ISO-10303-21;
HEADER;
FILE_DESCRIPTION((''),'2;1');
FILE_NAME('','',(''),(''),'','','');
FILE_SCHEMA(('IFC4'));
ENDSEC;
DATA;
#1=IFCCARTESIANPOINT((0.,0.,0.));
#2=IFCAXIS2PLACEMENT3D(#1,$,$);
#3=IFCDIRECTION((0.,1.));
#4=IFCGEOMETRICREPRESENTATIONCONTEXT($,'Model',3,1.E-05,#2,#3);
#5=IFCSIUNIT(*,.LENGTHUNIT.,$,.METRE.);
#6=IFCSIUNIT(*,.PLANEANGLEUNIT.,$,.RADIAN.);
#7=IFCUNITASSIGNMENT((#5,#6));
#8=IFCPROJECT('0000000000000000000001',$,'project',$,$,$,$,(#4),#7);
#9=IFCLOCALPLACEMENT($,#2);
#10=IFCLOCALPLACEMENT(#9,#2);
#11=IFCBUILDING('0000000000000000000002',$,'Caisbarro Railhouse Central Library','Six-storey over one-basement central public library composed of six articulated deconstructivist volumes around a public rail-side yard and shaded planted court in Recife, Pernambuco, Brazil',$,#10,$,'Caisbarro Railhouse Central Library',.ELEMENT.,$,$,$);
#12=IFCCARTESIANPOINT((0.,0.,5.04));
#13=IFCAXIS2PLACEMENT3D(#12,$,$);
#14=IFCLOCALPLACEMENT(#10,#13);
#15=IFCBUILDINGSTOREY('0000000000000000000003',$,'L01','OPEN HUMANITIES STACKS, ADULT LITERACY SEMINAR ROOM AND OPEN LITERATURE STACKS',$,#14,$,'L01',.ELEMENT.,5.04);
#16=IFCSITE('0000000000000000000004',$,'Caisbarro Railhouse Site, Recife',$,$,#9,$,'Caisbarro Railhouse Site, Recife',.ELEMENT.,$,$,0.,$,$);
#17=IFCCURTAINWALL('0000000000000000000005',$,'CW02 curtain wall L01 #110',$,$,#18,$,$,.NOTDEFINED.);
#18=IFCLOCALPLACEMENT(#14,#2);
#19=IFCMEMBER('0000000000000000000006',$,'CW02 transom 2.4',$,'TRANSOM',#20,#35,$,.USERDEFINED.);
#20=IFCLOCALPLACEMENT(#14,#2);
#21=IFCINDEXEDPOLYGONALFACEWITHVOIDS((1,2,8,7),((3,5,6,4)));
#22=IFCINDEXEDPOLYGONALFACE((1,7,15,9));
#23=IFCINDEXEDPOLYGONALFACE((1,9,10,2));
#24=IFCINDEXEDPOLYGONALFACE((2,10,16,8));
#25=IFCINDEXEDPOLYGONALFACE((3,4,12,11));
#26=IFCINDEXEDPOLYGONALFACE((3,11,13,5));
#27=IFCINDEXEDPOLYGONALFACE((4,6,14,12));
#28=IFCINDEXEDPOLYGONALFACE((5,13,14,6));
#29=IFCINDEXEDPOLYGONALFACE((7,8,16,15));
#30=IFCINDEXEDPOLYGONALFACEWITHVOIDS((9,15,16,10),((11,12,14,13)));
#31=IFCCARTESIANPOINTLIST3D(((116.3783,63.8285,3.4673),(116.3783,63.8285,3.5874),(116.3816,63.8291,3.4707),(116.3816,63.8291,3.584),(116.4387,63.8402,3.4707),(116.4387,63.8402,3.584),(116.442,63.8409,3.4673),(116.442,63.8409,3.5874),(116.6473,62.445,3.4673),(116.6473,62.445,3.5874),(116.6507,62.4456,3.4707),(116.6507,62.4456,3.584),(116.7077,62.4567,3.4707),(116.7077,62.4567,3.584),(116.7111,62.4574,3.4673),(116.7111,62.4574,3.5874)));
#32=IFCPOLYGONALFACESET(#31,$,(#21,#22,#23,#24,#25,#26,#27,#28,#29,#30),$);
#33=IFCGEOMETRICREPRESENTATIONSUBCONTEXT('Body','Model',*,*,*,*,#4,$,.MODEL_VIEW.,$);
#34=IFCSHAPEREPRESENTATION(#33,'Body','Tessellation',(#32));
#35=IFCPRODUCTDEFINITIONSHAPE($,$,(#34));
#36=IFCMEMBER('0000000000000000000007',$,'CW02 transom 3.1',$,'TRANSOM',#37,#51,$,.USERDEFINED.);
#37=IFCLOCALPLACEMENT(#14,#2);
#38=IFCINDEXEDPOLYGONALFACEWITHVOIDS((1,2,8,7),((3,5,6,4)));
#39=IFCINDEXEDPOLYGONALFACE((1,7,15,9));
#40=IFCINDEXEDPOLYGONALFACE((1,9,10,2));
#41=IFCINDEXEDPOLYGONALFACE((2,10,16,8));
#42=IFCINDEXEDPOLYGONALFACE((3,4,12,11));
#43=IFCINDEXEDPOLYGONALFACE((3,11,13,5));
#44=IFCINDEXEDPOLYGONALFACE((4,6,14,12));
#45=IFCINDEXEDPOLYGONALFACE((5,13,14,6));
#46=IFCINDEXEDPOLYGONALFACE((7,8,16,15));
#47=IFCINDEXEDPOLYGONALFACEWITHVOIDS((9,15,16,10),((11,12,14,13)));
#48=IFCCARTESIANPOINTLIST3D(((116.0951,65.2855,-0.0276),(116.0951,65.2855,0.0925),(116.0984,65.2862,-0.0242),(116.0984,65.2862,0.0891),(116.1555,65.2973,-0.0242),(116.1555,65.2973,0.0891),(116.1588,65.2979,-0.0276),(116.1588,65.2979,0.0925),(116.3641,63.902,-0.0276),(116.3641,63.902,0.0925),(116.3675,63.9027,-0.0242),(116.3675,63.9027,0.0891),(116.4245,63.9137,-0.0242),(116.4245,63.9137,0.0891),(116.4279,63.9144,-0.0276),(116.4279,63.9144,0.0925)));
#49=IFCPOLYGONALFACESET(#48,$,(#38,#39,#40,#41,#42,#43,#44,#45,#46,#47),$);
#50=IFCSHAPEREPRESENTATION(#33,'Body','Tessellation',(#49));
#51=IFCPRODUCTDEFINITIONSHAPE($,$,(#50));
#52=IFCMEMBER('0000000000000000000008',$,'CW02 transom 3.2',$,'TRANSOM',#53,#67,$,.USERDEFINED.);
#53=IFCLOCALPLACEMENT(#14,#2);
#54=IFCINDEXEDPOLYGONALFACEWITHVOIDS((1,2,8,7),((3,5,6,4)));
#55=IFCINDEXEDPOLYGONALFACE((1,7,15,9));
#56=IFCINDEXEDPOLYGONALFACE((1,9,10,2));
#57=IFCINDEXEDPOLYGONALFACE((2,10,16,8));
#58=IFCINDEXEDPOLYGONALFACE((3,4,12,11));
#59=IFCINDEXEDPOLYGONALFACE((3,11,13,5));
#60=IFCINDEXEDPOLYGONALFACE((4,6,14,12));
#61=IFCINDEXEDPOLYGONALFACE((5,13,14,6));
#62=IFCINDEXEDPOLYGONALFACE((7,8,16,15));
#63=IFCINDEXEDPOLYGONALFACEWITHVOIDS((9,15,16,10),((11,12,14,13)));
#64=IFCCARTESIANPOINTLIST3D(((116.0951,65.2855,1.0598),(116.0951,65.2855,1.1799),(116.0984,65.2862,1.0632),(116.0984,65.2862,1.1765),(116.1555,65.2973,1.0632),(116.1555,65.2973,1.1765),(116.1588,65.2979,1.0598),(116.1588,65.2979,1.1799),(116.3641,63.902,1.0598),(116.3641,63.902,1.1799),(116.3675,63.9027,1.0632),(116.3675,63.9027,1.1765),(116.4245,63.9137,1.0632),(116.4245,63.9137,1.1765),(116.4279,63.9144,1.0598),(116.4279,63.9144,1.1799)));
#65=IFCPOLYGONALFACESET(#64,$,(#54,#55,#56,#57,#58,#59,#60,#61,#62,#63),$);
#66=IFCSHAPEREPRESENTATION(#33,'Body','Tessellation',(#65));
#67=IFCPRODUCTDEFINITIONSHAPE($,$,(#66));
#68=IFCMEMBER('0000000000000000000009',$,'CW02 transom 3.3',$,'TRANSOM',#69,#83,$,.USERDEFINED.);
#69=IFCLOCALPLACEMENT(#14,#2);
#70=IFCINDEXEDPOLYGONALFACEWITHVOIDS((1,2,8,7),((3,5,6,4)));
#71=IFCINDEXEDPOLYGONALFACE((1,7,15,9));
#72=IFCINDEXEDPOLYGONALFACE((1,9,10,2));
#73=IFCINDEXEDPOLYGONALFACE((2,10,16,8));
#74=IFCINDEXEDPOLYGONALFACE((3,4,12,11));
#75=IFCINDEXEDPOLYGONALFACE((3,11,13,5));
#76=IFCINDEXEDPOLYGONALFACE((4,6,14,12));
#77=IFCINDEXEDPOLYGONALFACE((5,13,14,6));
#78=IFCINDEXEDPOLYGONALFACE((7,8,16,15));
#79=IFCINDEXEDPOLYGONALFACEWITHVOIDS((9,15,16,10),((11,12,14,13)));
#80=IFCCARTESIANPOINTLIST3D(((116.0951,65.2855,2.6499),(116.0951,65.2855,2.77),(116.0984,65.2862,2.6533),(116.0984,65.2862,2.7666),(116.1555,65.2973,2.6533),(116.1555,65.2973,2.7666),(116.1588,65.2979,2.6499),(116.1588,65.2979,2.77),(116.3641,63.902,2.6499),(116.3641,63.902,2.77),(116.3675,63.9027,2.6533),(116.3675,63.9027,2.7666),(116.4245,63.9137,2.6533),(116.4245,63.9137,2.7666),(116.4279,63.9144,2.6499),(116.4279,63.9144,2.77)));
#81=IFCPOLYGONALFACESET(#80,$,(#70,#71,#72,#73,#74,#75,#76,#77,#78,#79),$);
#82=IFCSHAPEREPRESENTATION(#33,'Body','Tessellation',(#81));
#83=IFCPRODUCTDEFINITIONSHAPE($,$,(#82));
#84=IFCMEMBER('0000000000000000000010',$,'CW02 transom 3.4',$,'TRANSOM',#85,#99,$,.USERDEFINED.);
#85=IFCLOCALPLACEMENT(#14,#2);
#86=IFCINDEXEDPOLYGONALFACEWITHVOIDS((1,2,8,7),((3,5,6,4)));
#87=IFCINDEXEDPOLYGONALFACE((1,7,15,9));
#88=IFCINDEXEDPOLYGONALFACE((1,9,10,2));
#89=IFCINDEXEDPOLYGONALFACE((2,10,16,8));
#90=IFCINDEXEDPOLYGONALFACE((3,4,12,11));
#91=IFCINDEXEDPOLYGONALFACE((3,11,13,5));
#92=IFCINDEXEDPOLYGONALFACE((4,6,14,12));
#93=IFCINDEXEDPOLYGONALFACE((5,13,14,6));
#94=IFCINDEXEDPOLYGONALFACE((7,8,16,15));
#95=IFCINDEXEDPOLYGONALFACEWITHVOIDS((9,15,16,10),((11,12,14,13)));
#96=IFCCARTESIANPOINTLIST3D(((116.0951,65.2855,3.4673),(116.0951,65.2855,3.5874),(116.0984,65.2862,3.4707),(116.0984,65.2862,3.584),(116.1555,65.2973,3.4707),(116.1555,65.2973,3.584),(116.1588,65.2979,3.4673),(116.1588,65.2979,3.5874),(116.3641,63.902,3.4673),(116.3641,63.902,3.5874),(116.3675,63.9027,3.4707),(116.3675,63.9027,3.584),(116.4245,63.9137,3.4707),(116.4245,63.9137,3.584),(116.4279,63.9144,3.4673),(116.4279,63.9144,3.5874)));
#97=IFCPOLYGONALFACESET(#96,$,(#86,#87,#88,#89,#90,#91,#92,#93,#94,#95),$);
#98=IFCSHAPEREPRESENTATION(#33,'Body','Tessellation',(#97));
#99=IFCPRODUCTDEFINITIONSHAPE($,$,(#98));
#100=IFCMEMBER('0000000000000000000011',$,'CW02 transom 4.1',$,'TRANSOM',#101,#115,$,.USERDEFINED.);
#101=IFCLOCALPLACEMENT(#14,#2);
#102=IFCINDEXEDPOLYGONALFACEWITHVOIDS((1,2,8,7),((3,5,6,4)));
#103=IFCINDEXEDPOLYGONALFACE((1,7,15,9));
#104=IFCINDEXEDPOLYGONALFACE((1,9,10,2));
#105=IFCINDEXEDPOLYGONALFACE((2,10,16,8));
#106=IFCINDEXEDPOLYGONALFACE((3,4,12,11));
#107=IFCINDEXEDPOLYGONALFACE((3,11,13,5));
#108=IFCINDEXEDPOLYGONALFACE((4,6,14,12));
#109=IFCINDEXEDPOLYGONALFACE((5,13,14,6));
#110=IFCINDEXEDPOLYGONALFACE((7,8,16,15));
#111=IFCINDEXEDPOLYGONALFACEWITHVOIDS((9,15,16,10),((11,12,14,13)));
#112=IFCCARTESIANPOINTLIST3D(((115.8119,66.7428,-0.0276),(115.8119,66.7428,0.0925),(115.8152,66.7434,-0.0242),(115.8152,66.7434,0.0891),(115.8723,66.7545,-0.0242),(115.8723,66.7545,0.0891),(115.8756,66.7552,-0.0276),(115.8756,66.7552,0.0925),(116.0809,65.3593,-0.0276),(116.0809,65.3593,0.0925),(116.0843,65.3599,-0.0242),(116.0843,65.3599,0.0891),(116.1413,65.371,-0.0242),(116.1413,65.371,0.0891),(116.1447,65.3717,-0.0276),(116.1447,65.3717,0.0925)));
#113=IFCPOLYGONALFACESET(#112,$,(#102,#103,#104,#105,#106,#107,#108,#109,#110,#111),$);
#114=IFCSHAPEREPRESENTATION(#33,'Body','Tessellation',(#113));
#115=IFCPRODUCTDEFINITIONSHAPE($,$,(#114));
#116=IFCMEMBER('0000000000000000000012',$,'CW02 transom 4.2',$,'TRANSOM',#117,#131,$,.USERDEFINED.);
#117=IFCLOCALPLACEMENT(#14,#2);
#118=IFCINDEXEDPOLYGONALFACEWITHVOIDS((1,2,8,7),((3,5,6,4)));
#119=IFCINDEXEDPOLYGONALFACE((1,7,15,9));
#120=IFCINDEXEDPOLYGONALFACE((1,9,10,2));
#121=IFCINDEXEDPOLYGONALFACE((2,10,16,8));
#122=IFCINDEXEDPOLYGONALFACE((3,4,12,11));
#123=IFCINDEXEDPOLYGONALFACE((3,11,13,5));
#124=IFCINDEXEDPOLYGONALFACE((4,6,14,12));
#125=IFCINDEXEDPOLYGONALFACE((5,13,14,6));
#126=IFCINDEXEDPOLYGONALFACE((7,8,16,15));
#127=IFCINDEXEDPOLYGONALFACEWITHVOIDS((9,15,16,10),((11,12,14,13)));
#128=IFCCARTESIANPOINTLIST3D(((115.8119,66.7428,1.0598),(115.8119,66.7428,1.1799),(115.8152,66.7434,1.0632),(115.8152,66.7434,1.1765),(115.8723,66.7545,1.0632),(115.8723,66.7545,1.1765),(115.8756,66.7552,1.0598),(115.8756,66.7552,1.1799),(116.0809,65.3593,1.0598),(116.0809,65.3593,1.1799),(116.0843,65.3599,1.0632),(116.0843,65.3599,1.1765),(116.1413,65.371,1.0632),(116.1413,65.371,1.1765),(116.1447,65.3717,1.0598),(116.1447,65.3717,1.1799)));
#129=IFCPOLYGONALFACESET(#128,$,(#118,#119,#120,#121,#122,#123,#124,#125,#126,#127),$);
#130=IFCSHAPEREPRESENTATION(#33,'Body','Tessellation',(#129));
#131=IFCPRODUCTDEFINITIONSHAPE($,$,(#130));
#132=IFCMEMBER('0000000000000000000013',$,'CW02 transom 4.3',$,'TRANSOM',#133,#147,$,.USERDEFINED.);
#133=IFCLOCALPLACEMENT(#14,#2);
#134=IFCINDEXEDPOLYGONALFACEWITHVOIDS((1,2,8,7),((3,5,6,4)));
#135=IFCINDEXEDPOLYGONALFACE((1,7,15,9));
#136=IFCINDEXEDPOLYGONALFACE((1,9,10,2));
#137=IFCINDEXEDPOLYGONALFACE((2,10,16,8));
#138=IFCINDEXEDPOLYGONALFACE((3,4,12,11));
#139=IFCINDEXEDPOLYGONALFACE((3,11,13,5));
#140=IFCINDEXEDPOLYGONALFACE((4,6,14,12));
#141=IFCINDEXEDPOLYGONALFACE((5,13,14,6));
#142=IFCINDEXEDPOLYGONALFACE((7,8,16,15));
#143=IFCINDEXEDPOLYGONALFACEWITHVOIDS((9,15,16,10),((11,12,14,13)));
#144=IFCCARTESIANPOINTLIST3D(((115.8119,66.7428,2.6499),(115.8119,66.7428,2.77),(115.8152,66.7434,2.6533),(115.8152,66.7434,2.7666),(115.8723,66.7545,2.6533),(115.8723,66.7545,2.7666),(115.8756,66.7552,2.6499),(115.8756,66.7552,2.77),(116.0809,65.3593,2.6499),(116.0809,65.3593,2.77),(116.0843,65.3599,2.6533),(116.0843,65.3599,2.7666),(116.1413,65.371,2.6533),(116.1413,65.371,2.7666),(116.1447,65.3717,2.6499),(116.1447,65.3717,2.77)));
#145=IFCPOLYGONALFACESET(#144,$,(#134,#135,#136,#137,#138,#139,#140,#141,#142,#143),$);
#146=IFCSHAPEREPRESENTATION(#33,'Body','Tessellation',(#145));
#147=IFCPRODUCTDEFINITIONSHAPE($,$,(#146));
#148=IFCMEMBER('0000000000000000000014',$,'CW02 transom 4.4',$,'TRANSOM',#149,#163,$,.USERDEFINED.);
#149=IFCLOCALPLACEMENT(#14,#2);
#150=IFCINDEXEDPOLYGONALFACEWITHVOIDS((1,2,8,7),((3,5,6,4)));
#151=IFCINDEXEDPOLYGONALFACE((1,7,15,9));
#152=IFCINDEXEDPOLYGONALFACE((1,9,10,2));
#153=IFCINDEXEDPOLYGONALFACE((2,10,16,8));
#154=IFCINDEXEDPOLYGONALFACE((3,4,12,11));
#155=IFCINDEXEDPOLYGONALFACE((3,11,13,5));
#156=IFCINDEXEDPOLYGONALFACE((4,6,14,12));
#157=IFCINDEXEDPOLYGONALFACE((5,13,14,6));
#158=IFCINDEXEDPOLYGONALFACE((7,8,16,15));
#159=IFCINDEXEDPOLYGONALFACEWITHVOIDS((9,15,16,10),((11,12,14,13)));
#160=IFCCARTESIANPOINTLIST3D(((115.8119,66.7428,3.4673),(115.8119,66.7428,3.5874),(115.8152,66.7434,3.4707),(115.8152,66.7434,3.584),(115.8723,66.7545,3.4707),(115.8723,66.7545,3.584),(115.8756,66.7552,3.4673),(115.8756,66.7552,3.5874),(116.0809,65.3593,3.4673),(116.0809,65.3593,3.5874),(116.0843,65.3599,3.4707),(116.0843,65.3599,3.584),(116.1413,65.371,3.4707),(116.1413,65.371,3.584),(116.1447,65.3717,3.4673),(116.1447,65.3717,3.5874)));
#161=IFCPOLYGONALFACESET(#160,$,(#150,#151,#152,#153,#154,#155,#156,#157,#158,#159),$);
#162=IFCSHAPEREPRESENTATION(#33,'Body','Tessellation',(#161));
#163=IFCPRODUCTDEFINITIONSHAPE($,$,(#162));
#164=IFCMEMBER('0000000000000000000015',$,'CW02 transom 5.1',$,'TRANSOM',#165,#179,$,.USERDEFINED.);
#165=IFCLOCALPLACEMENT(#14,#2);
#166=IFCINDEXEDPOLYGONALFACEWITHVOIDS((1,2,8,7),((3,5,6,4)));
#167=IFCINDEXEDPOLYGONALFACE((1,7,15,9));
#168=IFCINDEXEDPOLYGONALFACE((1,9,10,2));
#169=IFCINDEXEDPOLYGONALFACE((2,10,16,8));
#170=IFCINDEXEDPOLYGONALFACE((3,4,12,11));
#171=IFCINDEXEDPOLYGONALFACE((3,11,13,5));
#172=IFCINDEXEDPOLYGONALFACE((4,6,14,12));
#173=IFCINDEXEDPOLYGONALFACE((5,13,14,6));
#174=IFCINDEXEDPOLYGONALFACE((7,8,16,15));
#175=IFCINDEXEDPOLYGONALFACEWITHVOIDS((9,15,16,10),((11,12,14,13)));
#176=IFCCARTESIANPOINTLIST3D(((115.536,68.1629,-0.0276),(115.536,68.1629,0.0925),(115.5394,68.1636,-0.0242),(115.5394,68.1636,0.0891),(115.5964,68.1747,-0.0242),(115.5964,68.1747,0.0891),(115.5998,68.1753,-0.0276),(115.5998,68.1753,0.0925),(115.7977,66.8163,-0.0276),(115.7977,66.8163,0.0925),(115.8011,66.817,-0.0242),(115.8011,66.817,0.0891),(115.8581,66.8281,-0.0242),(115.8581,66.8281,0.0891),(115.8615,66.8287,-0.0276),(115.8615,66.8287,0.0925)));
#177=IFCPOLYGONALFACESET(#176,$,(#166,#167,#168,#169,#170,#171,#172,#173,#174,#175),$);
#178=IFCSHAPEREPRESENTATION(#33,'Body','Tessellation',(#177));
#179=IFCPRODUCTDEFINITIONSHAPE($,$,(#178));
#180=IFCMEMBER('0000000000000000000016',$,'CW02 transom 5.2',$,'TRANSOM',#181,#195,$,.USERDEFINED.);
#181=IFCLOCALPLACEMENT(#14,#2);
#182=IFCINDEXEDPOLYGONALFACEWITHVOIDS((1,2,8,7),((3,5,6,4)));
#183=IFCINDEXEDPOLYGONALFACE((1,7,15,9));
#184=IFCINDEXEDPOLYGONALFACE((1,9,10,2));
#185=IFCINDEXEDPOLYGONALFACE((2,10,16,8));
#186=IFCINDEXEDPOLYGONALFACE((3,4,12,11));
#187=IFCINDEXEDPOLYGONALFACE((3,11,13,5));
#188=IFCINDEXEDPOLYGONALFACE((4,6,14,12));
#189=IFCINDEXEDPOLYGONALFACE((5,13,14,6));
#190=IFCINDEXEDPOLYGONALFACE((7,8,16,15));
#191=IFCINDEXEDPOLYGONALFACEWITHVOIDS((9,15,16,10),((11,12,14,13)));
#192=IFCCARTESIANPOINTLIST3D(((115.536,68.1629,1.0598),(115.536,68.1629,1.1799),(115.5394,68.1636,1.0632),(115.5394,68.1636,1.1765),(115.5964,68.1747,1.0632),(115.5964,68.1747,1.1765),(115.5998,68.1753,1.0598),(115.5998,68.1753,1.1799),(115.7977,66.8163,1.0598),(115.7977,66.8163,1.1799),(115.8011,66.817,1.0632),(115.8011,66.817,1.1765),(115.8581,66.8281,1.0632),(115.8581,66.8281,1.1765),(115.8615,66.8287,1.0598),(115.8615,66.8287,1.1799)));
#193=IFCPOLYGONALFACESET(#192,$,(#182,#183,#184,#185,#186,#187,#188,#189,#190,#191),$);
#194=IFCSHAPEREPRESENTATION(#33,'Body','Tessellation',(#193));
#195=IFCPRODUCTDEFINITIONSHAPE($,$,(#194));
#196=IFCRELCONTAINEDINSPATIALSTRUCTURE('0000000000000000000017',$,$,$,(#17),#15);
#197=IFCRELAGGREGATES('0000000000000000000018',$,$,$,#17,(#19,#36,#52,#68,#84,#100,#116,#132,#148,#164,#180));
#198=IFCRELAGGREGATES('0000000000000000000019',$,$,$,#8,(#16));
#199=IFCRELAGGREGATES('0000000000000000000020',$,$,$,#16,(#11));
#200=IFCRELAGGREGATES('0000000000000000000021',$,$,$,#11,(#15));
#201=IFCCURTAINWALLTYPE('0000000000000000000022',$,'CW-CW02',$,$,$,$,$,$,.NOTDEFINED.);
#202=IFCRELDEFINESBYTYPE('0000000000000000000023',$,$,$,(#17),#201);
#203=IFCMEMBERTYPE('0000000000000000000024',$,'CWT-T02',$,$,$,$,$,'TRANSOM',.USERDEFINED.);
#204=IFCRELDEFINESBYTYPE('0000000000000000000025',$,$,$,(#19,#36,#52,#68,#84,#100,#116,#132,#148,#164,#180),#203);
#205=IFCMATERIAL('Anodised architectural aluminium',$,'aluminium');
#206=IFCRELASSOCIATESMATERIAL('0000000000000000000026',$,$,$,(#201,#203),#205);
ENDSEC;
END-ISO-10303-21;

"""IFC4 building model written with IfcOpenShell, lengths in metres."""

from ifc_helpers import new_model, si_unit, direction, frame, origin, origin_2d, place, context, subcontext, project, spatial, hollow_rectangle, extrude, material, material_profile, profile_set, type_object, element, aggregate, save


model = new_model("IFC4")

# Units and contexts
model_context = context("Model", 3, precision=1e-05, world=origin(), true_north=direction((0.0, 1.0)))
body_context = subcontext(model_context, "Body", "Model", "MODEL_VIEW")
ifc_project = project(units=[si_unit("LENGTHUNIT", "METRE"), si_unit("PLANEANGLEUNIT", "RADIAN")], contexts=[model_context])

# Site, building, storey
site_placement = place(None, origin())
site = spatial("IfcSite", under=ifc_project, at=site_placement, Name="Caisbarro Railhouse Site, Recife", LongName="Caisbarro Railhouse Site, Recife", CompositionType="ELEMENT", RefElevation=0.0)
building_placement = place(site_placement, origin())
building = spatial("IfcBuilding", under=site, at=building_placement, Name="Caisbarro Railhouse Central Library", Description="Six-storey over one-basement central public library composed of six articulated deconstructivist volumes around a public rail-side yard and shaded planted court in Recife, Pernambuco, Brazil", LongName="Caisbarro Railhouse Central Library", CompositionType="ELEMENT")
storey_placement = place(building_placement, frame((0.0, 0.0, 5.04)))
storey = spatial("IfcBuildingStorey", under=building, at=storey_placement, Name="L01", Description="OPEN HUMANITIES STACKS, ADULT LITERACY SEMINAR ROOM AND OPEN LITERATURE STACKS", LongName="L01", CompositionType="ELEMENT", Elevation=5.04)

# Curtain wall, members
ifc_material_1 = material(Name="Anodised architectural aluminium", Category="aluminium")
curtain_wall_type = type_object("IfcCurtainWallType", Name="CW-CW02", PredefinedType="NOTDEFINED", material=ifc_material_1)
curtain_wall_placement = place(storey_placement, origin())
curtain_wall = element("IfcCurtainWall", 1, at=curtain_wall_placement, inside=storey, type_object=curtain_wall_type, Name="CW02 curtain wall L01 #110", PredefinedType="NOTDEFINED")
ifc_material_profile_1 = material_profile(ifc_material_1, hollow_rectangle(XDim=0.0649, YDim=0.1201, WallThickness=0.0034, at=origin_2d()), Name="ALU-TRN-65X120")
ifc_profile_set_1 = profile_set([ifc_material_profile_1], Name="Anodised architectural aluminium")
member_type_1 = type_object("IfcMemberType", Name="CWT-T02", ElementType="TRANSOM", PredefinedType="USERDEFINED", material=ifc_profile_set_1)
member_1_placement = place(storey_placement, frame((116.6792, 62.4512, 3.5273), z_axis=(-0.190884, 0.981613, 0.0), x_axis=(-0.981613, -0.190884, 0.0)))
member_1 = element("IfcMember", 2, at=member_1_placement, type_object=member_type_1, Name="CW02 transom 2.4", ObjectType="TRANSOM", PredefinedType="USERDEFINED", context=body_context, shape_type="SweptSolid", body=[
    extrude(hollow_rectangle(XDim=0.0649, YDim=0.1201, WallThickness=0.0034, at=origin_2d()), origin(), (0.0, 0.0, 1.0), 1.4094),
])
member_2_placement = place(storey_placement, frame((116.396, 63.9082, 0.0325), z_axis=(-0.190884, 0.981613, 0.0), x_axis=(-0.981613, -0.190884, 0.0)))
member_2 = element("IfcMember", 3, at=member_2_placement, type_object=member_type_1, Name="CW02 transom 3.1", ObjectType="TRANSOM", PredefinedType="USERDEFINED", context=body_context, shape_type="SweptSolid", body=[
    extrude(hollow_rectangle(XDim=0.0649, YDim=0.1201, WallThickness=0.0034, at=origin_2d()), origin(), (0.0, 0.0, 1.0), 1.4094),
])
member_3_placement = place(storey_placement, frame((116.396, 63.9082, 1.1199), z_axis=(-0.190884, 0.981613, 0.0), x_axis=(-0.981613, -0.190884, 0.0)))
member_3 = element("IfcMember", 4, at=member_3_placement, type_object=member_type_1, Name="CW02 transom 3.2", ObjectType="TRANSOM", PredefinedType="USERDEFINED", context=body_context, shape_type="SweptSolid", body=[
    extrude(hollow_rectangle(XDim=0.0649, YDim=0.1201, WallThickness=0.0034, at=origin_2d()), origin(), (0.0, 0.0, 1.0), 1.4094),
])
member_4_placement = place(storey_placement, frame((116.396, 63.9082, 2.71), z_axis=(-0.190884, 0.981613, 0.0), x_axis=(-0.981613, -0.190884, 0.0)))
member_4 = element("IfcMember", 5, at=member_4_placement, type_object=member_type_1, Name="CW02 transom 3.3", ObjectType="TRANSOM", PredefinedType="USERDEFINED", context=body_context, shape_type="SweptSolid", body=[
    extrude(hollow_rectangle(XDim=0.0649, YDim=0.1201, WallThickness=0.0034, at=origin_2d()), origin(), (0.0, 0.0, 1.0), 1.4094),
])
member_5_placement = place(storey_placement, frame((116.396, 63.9082, 3.5273), z_axis=(-0.190884, 0.981613, 0.0), x_axis=(-0.981613, -0.190884, 0.0)))
member_5 = element("IfcMember", 6, at=member_5_placement, type_object=member_type_1, Name="CW02 transom 3.4", ObjectType="TRANSOM", PredefinedType="USERDEFINED", context=body_context, shape_type="SweptSolid", body=[
    extrude(hollow_rectangle(XDim=0.0649, YDim=0.1201, WallThickness=0.0034, at=origin_2d()), origin(), (0.0, 0.0, 1.0), 1.4094),
])
member_6_placement = place(storey_placement, frame((116.1128, 65.3655, 0.0325), z_axis=(-0.190884, 0.981613, 0.0), x_axis=(-0.981613, -0.190884, 0.0)))
member_6 = element("IfcMember", 7, at=member_6_placement, type_object=member_type_1, Name="CW02 transom 4.1", ObjectType="TRANSOM", PredefinedType="USERDEFINED", context=body_context, shape_type="SweptSolid", body=[
    extrude(hollow_rectangle(XDim=0.0649, YDim=0.1201, WallThickness=0.0034, at=origin_2d()), origin(), (0.0, 0.0, 1.0), 1.4094),
])
member_7_placement = place(storey_placement, frame((116.1128, 65.3655, 1.1199), z_axis=(-0.190884, 0.981613, 0.0), x_axis=(-0.981613, -0.190884, 0.0)))
member_7 = element("IfcMember", 8, at=member_7_placement, type_object=member_type_1, Name="CW02 transom 4.2", ObjectType="TRANSOM", PredefinedType="USERDEFINED", context=body_context, shape_type="SweptSolid", body=[
    extrude(hollow_rectangle(XDim=0.0649, YDim=0.1201, WallThickness=0.0034, at=origin_2d()), origin(), (0.0, 0.0, 1.0), 1.4094),
])
member_8_placement = place(storey_placement, frame((116.1128, 65.3655, 2.71), z_axis=(-0.190884, 0.981613, 0.0), x_axis=(-0.981613, -0.190884, 0.0)))
member_8 = element("IfcMember", 9, at=member_8_placement, type_object=member_type_1, Name="CW02 transom 4.3", ObjectType="TRANSOM", PredefinedType="USERDEFINED", context=body_context, shape_type="SweptSolid", body=[
    extrude(hollow_rectangle(XDim=0.0649, YDim=0.1201, WallThickness=0.0034, at=origin_2d()), origin(), (0.0, 0.0, 1.0), 1.4094),
])
member_9_placement = place(storey_placement, frame((116.1128, 65.3655, 3.5273), z_axis=(-0.190884, 0.981613, 0.0), x_axis=(-0.981613, -0.190884, 0.0)))
member_9 = element("IfcMember", 10, at=member_9_placement, type_object=member_type_1, Name="CW02 transom 4.4", ObjectType="TRANSOM", PredefinedType="USERDEFINED", context=body_context, shape_type="SweptSolid", body=[
    extrude(hollow_rectangle(XDim=0.0649, YDim=0.1201, WallThickness=0.0034, at=origin_2d()), origin(), (0.0, 0.0, 1.0), 1.4094),
])
member_10_placement = place(storey_placement, frame((115.8296, 66.8225, 0.0325), z_axis=(-0.190774, 0.981634, 0.0), x_axis=(-0.981634, -0.190774, 0.0)))
member_10 = element("IfcMember", 11, at=member_10_placement, type_object=member_type_1, Name="CW02 transom 5.1", ObjectType="TRANSOM", PredefinedType="USERDEFINED", context=body_context, shape_type="SweptSolid", body=[
    extrude(hollow_rectangle(XDim=0.0649, YDim=0.1201, WallThickness=0.0034, at=origin_2d()), origin(), (0.0, 0.0, 1.0), 1.3718),
])
member_11_placement = place(storey_placement, frame((115.8296, 66.8225, 1.1199), z_axis=(-0.190774, 0.981634, 0.0), x_axis=(-0.981634, -0.190774, 0.0)))
member_11 = element("IfcMember", 12, at=member_11_placement, type_object=member_type_1, Name="CW02 transom 5.2", ObjectType="TRANSOM", PredefinedType="USERDEFINED", context=body_context, shape_type="SweptSolid", body=[
    extrude(hollow_rectangle(XDim=0.0649, YDim=0.1201, WallThickness=0.0034, at=origin_2d()), origin(), (0.0, 0.0, 1.0), 1.3718),
])
aggregate(curtain_wall, [member_1, member_2, member_3, member_4, member_5, member_6, member_7, member_8, member_9, member_10, member_11])

save(model, "model.ifc")
